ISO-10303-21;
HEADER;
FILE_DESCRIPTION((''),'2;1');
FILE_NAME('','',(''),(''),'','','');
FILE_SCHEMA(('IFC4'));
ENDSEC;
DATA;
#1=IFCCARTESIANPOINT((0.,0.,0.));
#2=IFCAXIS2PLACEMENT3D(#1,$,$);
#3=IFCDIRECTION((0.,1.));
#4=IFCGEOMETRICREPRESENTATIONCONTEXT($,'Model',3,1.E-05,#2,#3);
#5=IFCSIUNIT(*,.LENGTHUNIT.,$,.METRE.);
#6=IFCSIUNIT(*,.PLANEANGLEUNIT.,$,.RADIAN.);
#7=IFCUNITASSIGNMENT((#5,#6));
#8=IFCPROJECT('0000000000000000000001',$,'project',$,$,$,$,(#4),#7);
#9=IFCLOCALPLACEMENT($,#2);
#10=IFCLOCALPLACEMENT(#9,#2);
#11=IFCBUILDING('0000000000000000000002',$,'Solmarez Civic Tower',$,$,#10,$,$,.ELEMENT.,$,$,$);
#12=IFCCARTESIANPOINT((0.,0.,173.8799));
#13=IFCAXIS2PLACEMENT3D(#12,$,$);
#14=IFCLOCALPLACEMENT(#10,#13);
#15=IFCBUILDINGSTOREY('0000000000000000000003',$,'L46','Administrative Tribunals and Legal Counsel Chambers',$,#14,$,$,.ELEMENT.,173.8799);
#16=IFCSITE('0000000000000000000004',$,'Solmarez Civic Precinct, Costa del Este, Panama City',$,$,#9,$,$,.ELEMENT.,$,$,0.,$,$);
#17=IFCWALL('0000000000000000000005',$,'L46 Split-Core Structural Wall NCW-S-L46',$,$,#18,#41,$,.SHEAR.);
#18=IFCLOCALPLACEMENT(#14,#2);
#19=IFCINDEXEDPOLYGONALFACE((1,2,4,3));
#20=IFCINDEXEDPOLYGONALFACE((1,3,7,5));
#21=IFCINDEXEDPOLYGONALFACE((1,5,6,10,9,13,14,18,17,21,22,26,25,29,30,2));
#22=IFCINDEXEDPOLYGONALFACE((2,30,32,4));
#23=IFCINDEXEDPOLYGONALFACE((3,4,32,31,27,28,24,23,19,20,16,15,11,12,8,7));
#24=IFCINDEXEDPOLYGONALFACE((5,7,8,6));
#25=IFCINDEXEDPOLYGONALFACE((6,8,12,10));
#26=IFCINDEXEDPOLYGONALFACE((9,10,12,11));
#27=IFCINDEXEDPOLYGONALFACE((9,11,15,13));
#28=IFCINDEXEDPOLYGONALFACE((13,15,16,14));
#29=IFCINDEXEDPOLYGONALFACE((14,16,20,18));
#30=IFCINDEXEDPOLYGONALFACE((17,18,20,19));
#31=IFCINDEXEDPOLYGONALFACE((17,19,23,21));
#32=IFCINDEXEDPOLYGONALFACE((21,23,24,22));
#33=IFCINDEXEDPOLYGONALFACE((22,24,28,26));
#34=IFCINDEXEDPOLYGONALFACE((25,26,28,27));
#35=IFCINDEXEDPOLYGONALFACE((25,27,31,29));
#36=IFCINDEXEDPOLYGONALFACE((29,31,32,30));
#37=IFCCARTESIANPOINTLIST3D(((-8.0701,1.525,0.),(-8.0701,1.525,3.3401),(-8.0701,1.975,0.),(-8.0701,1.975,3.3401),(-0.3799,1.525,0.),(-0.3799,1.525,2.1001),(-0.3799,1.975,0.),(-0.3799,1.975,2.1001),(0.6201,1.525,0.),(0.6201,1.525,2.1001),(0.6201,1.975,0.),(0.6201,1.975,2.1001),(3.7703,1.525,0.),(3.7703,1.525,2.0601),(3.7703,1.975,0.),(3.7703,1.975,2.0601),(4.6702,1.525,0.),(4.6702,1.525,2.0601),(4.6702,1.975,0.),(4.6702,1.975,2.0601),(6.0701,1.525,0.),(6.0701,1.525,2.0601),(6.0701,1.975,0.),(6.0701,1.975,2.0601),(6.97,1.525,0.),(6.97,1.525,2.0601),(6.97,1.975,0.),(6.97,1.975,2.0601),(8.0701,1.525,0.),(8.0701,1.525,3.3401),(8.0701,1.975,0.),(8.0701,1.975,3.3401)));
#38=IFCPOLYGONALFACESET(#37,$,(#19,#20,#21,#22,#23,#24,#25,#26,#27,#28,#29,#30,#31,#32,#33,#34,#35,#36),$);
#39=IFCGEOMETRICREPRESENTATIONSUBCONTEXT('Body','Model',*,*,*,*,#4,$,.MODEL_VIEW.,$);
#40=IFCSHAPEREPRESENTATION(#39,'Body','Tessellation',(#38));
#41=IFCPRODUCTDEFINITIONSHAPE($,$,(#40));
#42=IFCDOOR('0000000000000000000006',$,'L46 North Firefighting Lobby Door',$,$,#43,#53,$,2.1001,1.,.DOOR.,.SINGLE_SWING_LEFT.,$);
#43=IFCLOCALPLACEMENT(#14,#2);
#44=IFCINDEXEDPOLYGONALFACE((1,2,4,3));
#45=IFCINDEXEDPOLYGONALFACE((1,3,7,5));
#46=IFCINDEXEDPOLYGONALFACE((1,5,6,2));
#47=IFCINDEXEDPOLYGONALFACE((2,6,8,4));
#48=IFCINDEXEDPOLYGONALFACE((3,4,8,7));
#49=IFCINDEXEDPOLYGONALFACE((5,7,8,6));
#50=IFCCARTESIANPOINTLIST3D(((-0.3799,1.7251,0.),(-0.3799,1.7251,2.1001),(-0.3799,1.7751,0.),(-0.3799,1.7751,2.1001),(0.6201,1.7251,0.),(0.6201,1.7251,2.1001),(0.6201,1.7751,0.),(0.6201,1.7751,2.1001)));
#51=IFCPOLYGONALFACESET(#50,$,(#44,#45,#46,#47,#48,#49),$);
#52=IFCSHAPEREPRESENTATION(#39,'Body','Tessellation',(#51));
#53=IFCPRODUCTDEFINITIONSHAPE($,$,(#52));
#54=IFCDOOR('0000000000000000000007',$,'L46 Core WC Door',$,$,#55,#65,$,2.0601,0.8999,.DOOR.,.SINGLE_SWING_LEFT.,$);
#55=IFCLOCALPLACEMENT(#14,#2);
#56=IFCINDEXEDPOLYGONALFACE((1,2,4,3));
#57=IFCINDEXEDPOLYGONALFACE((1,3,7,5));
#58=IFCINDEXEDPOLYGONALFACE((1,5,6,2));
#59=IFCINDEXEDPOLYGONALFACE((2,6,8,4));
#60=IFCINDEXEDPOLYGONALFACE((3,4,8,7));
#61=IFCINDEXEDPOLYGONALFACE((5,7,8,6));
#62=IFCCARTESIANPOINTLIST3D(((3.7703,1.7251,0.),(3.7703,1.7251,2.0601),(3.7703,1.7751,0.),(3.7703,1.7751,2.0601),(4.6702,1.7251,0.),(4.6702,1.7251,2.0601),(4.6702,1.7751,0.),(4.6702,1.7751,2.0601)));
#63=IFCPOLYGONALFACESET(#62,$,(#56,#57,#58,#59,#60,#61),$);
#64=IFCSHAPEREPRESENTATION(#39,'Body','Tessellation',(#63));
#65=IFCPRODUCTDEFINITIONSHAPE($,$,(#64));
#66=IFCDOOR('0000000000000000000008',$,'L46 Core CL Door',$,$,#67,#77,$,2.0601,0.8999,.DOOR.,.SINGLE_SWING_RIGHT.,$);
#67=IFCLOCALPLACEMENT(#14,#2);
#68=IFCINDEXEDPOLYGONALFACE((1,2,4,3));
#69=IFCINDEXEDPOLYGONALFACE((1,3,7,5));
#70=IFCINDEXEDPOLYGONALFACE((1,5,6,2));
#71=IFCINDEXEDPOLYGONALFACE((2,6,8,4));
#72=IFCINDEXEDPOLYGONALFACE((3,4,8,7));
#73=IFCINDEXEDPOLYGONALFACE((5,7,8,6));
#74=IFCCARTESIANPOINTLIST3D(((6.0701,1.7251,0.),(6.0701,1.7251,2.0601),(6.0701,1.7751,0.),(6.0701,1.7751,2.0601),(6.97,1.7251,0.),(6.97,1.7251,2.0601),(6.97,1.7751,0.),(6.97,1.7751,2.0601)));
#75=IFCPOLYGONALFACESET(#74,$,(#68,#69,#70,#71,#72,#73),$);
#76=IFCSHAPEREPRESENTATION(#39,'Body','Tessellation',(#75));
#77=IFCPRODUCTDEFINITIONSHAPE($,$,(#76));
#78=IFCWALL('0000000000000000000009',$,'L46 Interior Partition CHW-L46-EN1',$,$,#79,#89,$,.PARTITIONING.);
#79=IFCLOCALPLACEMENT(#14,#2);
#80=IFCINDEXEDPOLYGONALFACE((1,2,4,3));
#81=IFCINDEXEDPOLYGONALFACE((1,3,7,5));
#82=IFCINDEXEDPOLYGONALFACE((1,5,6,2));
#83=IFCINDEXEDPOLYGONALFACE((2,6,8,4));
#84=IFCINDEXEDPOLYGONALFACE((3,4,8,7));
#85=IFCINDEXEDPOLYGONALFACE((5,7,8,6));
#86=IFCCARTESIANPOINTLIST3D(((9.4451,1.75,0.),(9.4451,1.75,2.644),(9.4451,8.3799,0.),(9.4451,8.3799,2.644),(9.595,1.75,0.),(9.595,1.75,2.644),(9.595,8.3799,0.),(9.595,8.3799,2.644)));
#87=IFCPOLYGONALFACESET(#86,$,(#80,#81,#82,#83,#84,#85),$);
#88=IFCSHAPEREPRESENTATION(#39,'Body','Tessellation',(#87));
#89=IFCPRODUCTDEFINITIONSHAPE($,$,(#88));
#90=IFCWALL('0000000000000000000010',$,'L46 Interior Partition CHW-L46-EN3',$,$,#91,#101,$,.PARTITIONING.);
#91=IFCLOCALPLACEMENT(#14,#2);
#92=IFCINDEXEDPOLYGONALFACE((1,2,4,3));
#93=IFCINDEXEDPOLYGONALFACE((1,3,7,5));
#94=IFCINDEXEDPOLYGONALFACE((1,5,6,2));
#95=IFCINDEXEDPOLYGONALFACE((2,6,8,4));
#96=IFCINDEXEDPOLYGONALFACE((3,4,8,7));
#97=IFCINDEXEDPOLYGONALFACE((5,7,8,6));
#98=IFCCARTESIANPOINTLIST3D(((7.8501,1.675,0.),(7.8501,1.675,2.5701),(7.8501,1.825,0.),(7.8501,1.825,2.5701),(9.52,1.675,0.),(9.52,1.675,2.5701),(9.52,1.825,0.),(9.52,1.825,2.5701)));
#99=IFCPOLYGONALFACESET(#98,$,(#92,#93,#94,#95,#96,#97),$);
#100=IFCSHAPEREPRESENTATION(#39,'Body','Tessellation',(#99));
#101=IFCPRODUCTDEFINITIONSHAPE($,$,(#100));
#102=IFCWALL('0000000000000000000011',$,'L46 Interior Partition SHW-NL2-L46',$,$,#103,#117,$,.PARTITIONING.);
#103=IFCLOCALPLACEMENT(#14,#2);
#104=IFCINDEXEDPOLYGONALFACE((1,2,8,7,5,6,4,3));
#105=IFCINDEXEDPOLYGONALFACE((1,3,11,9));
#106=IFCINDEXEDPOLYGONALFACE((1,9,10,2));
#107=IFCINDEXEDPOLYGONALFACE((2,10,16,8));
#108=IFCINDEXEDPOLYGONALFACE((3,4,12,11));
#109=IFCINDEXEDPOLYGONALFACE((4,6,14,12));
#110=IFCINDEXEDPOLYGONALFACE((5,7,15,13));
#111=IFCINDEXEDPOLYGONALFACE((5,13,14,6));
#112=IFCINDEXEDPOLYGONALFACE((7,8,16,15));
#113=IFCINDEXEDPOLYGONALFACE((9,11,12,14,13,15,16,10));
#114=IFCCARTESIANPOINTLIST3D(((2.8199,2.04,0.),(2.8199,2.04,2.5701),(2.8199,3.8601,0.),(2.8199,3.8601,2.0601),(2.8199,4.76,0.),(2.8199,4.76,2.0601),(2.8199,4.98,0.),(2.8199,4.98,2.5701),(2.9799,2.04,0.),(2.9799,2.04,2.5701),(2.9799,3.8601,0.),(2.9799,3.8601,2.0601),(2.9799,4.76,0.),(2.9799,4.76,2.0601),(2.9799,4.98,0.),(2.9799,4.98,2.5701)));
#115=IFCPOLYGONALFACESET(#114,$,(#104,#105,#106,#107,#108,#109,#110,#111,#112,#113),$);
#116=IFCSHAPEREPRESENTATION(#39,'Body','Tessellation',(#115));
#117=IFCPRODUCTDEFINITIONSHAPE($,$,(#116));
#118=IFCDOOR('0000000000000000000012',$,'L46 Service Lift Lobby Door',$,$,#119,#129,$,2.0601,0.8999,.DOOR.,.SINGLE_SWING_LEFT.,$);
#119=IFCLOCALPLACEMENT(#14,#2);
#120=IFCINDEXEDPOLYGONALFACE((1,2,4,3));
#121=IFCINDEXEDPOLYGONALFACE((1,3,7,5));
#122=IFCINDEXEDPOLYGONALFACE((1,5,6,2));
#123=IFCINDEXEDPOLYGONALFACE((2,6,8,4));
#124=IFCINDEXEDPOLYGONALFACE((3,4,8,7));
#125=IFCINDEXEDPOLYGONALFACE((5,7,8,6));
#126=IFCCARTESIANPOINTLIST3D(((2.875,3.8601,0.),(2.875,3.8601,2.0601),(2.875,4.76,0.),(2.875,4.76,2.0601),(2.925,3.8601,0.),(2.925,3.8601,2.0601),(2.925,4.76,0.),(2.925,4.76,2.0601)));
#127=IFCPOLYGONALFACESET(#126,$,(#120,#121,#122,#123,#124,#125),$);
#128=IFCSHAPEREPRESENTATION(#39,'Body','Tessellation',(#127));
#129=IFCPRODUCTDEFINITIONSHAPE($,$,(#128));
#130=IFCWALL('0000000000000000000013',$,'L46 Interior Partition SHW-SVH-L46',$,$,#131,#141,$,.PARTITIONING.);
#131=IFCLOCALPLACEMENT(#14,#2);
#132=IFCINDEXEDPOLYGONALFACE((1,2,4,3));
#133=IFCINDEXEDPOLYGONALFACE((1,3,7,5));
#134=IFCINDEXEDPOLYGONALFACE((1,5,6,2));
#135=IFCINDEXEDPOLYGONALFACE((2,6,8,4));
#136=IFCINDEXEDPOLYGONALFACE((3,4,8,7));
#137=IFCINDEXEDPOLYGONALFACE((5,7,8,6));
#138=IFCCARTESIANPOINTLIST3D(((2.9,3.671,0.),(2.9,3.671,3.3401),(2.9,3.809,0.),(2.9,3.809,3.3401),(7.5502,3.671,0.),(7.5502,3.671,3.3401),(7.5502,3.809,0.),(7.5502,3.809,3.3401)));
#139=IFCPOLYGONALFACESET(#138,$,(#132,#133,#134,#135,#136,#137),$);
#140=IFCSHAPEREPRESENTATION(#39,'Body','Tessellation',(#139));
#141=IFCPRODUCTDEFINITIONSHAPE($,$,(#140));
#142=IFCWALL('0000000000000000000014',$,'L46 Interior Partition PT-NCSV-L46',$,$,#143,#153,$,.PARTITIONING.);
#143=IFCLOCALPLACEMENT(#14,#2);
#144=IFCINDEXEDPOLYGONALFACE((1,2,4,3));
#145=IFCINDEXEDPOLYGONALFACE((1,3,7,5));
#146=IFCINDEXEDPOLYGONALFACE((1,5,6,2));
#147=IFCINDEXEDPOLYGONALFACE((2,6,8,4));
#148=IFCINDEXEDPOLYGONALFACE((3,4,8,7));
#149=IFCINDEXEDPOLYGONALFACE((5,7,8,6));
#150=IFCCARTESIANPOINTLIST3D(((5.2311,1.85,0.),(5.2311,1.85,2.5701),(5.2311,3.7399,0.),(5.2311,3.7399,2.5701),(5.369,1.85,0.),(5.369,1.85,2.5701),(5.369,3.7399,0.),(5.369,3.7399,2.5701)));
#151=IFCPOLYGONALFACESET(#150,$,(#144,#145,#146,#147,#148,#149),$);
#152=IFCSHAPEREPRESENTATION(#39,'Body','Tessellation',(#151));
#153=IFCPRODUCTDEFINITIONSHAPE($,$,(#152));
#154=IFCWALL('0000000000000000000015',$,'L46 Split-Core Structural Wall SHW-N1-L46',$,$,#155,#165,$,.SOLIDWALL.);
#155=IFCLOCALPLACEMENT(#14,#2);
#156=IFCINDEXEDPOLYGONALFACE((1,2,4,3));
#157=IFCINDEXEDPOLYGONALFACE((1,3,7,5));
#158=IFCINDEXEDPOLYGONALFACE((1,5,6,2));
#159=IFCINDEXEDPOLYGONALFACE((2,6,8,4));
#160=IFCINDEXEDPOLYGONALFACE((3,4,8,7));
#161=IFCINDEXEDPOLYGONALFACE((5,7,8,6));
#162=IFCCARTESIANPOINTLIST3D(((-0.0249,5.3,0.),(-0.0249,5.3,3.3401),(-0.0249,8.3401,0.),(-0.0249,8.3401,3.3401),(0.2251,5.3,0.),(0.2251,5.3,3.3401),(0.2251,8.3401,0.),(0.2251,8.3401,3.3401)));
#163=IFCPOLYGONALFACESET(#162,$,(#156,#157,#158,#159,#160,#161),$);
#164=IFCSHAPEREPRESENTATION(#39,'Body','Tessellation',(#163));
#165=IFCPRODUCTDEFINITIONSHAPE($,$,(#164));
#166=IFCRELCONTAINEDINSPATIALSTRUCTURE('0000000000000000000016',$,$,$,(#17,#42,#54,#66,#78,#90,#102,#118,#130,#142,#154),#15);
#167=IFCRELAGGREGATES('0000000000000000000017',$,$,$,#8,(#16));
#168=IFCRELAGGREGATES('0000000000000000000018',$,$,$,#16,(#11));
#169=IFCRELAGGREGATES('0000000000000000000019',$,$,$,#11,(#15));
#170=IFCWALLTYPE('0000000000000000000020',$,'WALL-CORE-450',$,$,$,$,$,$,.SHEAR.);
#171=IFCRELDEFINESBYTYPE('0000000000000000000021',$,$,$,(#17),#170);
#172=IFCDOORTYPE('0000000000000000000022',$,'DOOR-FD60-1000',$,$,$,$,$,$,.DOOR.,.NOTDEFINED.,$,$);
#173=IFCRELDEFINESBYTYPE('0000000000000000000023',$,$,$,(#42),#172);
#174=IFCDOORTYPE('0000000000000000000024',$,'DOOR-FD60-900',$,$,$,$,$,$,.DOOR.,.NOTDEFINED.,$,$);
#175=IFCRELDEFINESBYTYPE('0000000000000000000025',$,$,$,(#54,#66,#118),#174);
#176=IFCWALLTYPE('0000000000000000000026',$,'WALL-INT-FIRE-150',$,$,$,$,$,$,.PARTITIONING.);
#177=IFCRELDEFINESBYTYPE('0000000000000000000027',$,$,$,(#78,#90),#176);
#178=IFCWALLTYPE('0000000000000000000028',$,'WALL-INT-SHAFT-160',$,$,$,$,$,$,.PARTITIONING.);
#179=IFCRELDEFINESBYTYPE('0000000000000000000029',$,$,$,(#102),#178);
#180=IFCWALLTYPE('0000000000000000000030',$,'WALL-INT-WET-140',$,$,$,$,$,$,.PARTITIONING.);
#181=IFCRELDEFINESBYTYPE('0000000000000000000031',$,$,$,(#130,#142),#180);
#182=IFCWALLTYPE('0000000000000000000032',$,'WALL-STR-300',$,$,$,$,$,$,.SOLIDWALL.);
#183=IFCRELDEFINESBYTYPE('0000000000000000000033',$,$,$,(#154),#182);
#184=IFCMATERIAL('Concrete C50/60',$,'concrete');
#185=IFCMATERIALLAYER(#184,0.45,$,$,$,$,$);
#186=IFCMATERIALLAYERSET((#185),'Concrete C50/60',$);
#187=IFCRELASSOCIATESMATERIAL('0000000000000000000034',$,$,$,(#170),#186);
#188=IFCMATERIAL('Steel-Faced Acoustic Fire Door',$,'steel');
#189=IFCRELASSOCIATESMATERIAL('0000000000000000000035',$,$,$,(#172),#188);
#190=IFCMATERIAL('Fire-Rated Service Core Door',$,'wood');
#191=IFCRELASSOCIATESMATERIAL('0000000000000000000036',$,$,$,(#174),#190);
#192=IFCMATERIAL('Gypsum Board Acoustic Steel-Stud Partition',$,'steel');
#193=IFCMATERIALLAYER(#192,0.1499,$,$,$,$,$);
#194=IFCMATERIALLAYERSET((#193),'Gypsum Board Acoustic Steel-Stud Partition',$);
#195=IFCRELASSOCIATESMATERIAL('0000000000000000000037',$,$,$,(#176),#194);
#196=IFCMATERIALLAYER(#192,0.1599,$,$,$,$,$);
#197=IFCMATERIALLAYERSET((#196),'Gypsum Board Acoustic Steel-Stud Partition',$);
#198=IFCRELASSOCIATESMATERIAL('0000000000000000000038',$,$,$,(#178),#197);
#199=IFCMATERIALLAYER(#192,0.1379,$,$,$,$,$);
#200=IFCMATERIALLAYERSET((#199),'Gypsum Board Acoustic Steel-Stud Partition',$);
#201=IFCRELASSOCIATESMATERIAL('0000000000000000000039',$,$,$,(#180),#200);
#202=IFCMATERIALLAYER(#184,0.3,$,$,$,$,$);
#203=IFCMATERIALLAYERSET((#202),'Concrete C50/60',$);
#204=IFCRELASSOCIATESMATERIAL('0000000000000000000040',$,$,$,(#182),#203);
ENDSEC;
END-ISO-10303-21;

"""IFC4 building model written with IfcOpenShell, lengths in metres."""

from ifc_helpers import new_model, si_unit, direction, frame, frame_2d, origin, place, context, subcontext, project, spatial, rectangle, extrude, material, layer, layer_set, type_object, element, fill, save


model = new_model("IFC4")

# Units and contexts
model_context = context("Model", 3, precision=1e-05, world=origin(), true_north=direction((0.0, 1.0)))
body_context = subcontext(model_context, "Body", "Model", "MODEL_VIEW")
ifc_project = project(units=[si_unit("LENGTHUNIT", "METRE"), si_unit("PLANEANGLEUNIT", "RADIAN")], contexts=[model_context])

# Site, building, storey
site_placement = place(None, origin())
site = spatial("IfcSite", under=ifc_project, at=site_placement, Name="Solmarez Civic Precinct, Costa del Este, Panama City", CompositionType="ELEMENT", RefElevation=0.0)
building_placement = place(site_placement, origin())
building = spatial("IfcBuilding", under=site, at=building_placement, Name="Solmarez Civic Tower", CompositionType="ELEMENT")
storey_placement = place(building_placement, frame((0.0, 0.0, 173.8799)))
storey = spatial("IfcBuildingStorey", under=building, at=storey_placement, Name="L46", Description="Administrative Tribunals and Legal Counsel Chambers", CompositionType="ELEMENT", Elevation=173.8799)

# Shared definitions
ifc_material_1 = material(Name="Concrete C50/60", Category="concrete")

# Wall, openings, doors
ifc_layer_1 = layer(ifc_material_1, 0.45)
ifc_layer_set_1 = layer_set([ifc_layer_1], Name="Concrete C50/60")
wall_type_1 = type_object("IfcWallType", Name="WALL-CORE-450", PredefinedType="SHEAR", material=ifc_layer_set_1)
wall_1_placement = place(storey_placement, frame((8.0701, 1.75, 0.0), z_axis=(0.0, 0.0, 1.0), x_axis=(-1.0, 0.0, 0.0)))
wall_1 = element("IfcWall", 1, at=wall_1_placement, inside=storey, type_object=wall_type_1, Name="L46 Split-Core Structural Wall NCW-S-L46", PredefinedType="SHEAR", context=body_context, shape_type="SweptSolid", body=[
    extrude(rectangle(XDim=16.1401, YDim=0.45, at=frame_2d((8.0701, 0.0))), origin(), (0.0, 0.0, 1.0), 3.3401),
])
opening_1_placement = place(wall_1_placement, frame((7.45, 0.0, 0.0)))
opening_1 = element("IfcOpeningElement", 2, at=opening_1_placement, cuts=wall_1, PredefinedType="OPENING", context=body_context, shape_type="SweptSolid", body=[
    extrude(rectangle(XDim=1.0, YDim=2.1001, at=frame_2d((0.5, 1.05))), frame((0.0, 0.2349, 0.0), z_axis=(0.0, -1.0, 0.0), x_axis=(1.0, 0.0, 0.0)), (0.0, 0.0, 1.0), 0.47),
])
opening_2_placement = place(wall_1_placement, frame((3.3999, 0.0, 0.0)))
opening_2 = element("IfcOpeningElement", 3, at=opening_2_placement, cuts=wall_1, PredefinedType="OPENING", context=body_context, shape_type="SweptSolid", body=[
    extrude(rectangle(XDim=0.8999, YDim=2.0601, at=frame_2d((0.45, 1.03))), frame((0.0, 0.2349, 0.0), z_axis=(0.0, -1.0, 0.0), x_axis=(1.0, 0.0, 0.0)), (0.0, 0.0, 1.0), 0.47),
])
opening_3_placement = place(wall_1_placement, frame((1.1001, 0.0, 0.0)))
opening_3 = element("IfcOpeningElement", 4, at=opening_3_placement, cuts=wall_1, PredefinedType="OPENING", context=body_context, shape_type="SweptSolid", body=[
    extrude(rectangle(XDim=0.8999, YDim=2.0601, at=frame_2d((0.45, 1.03))), frame((0.0, 0.2349, 0.0), z_axis=(0.0, -1.0, 0.0), x_axis=(1.0, 0.0, 0.0)), (0.0, 0.0, 1.0), 0.47),
])
ifc_material_2 = material(Name="Steel-Faced Acoustic Fire Door", Category="steel")
door_type_1 = type_object("IfcDoorType", Name="DOOR-FD60-1000", OperationType="NOTDEFINED", PredefinedType="DOOR", material=ifc_material_2)
door_1_placement = place(opening_1_placement, origin())
door_1 = element("IfcDoor", 5, at=door_1_placement, inside=storey, type_object=door_type_1, Name="L46 North Firefighting Lobby Door", OperationType="SINGLE_SWING_LEFT", OverallHeight=2.1001, OverallWidth=1.0, PredefinedType="DOOR", context=body_context, shape_type="SweptSolid", body=[
    extrude(rectangle(XDim=1.0, YDim=2.1001, at=frame_2d((0.5, 1.05))), frame((0.0, 0.0249, 0.0), z_axis=(0.0, -1.0, 0.0), x_axis=(1.0, 0.0, 0.0)), (0.0, 0.0, 1.0), 0.05),
])
fill(opening_1, door_1)
ifc_material_3 = material(Name="Fire-Rated Service Core Door", Category="wood")
door_type_2 = type_object("IfcDoorType", Name="DOOR-FD60-900", OperationType="NOTDEFINED", PredefinedType="DOOR", material=ifc_material_3)
door_2_placement = place(opening_2_placement, origin())
door_2 = element("IfcDoor", 6, at=door_2_placement, inside=storey, type_object=door_type_2, Name="L46 Core WC Door", OperationType="SINGLE_SWING_LEFT", OverallHeight=2.0601, OverallWidth=0.8999, PredefinedType="DOOR", context=body_context, shape_type="SweptSolid", body=[
    extrude(rectangle(XDim=0.8999, YDim=2.0601, at=frame_2d((0.45, 1.03))), frame((0.0, 0.0249, 0.0), z_axis=(0.0, -1.0, 0.0), x_axis=(1.0, 0.0, 0.0)), (0.0, 0.0, 1.0), 0.05),
])
fill(opening_2, door_2)
door_3_placement = place(opening_3_placement, origin())
door_3 = element("IfcDoor", 7, at=door_3_placement, inside=storey, type_object=door_type_2, Name="L46 Core CL Door", OperationType="SINGLE_SWING_RIGHT", OverallHeight=2.0601, OverallWidth=0.8999, PredefinedType="DOOR", context=body_context, shape_type="SweptSolid", body=[
    extrude(rectangle(XDim=0.8999, YDim=2.0601, at=frame_2d((0.45, 1.03))), frame((0.0, 0.0249, 0.0), z_axis=(0.0, -1.0, 0.0), x_axis=(1.0, 0.0, 0.0)), (0.0, 0.0, 1.0), 0.05),
])
fill(opening_3, door_3)

# Walls
ifc_material_4 = material(Name="Gypsum Board Acoustic Steel-Stud Partition", Category="steel")
ifc_layer_2 = layer(ifc_material_4, 0.1499)
ifc_layer_set_2 = layer_set([ifc_layer_2], Name="Gypsum Board Acoustic Steel-Stud Partition")
wall_type_2 = type_object("IfcWallType", Name="WALL-INT-FIRE-150", PredefinedType="PARTITIONING", material=ifc_layer_set_2)
wall_2_placement = place(storey_placement, frame((9.52, 1.75, 0.0), z_axis=(0.0, 0.0, 1.0), x_axis=(0.0, 1.0, 0.0)))
element("IfcWall", 8, at=wall_2_placement, inside=storey, type_object=wall_type_2, Name="L46 Interior Partition CHW-L46-EN1", PredefinedType="PARTITIONING", context=body_context, shape_type="SweptSolid", body=[
    extrude(rectangle(XDim=6.6299, YDim=0.1499, at=frame_2d((3.3149, 0.0))), origin(), (0.0, 0.0, 1.0), 2.644),
])
wall_3_placement = place(storey_placement, frame((7.8501, 1.75, 0.0), z_axis=(0.0, 0.0, 1.0), x_axis=(1.0, 0.0, 0.0)))
element("IfcWall", 9, at=wall_3_placement, inside=storey, type_object=wall_type_2, Name="L46 Interior Partition CHW-L46-EN3", PredefinedType="PARTITIONING", context=body_context, shape_type="SweptSolid", body=[
    extrude(rectangle(XDim=1.6699, YDim=0.1499, at=frame_2d((0.835, 0.0))), origin(), (0.0, 0.0, 1.0), 2.5701),
])

# Wall, opening, door
ifc_layer_3 = layer(ifc_material_4, 0.1599)
ifc_layer_set_3 = layer_set([ifc_layer_3], Name="Gypsum Board Acoustic Steel-Stud Partition")
wall_type_3 = type_object("IfcWallType", Name="WALL-INT-SHAFT-160", PredefinedType="PARTITIONING", material=ifc_layer_set_3)
wall_4_placement = place(storey_placement, frame((2.8999, 2.04, 0.0), z_axis=(0.0, 0.0, 1.0), x_axis=(0.0, 1.0, 0.0)))
wall_4 = element("IfcWall", 10, at=wall_4_placement, inside=storey, type_object=wall_type_3, Name="L46 Interior Partition SHW-NL2-L46", PredefinedType="PARTITIONING", context=body_context, shape_type="SweptSolid", body=[
    extrude(rectangle(XDim=2.9399, YDim=0.1599, at=frame_2d((1.47, 0.0))), origin(), (0.0, 0.0, 1.0), 2.5701),
])
opening_4_placement = place(wall_4_placement, frame((1.8201, 0.0, 0.0)))
opening_4 = element("IfcOpeningElement", 11, at=opening_4_placement, cuts=wall_4, PredefinedType="OPENING", context=body_context, shape_type="SweptSolid", body=[
    extrude(rectangle(XDim=0.8999, YDim=2.0601, at=frame_2d((0.45, 1.03))), frame((0.0, 0.0898, 0.0), z_axis=(0.0, -1.0, 0.0), x_axis=(1.0, 0.0, 0.0)), (0.0, 0.0, 1.0), 0.1799),
])
door_4_placement = place(opening_4_placement, origin())
door_4 = element("IfcDoor", 12, at=door_4_placement, inside=storey, type_object=door_type_2, Name="L46 Service Lift Lobby Door", OperationType="SINGLE_SWING_LEFT", OverallHeight=2.0601, OverallWidth=0.8999, PredefinedType="DOOR", context=body_context, shape_type="SweptSolid", body=[
    extrude(rectangle(XDim=0.8999, YDim=2.0601, at=frame_2d((0.45, 1.03))), frame((0.0, 0.0249, 0.0), z_axis=(0.0, -1.0, 0.0), x_axis=(1.0, 0.0, 0.0)), (0.0, 0.0, 1.0), 0.05),
])
fill(opening_4, door_4)

# Walls
ifc_layer_4 = layer(ifc_material_4, 0.1379)
ifc_layer_set_4 = layer_set([ifc_layer_4], Name="Gypsum Board Acoustic Steel-Stud Partition")
wall_type_4 = type_object("IfcWallType", Name="WALL-INT-WET-140", PredefinedType="PARTITIONING", material=ifc_layer_set_4)
wall_5_placement = place(storey_placement, frame((2.8999, 3.74, 0.0), z_axis=(0.0, 0.0, 1.0), x_axis=(1.0, 0.0, 0.0)))
element("IfcWall", 13, at=wall_5_placement, inside=storey, type_object=wall_type_4, Name="L46 Interior Partition SHW-SVH-L46", PredefinedType="PARTITIONING", context=body_context, shape_type="SweptSolid", body=[
    extrude(rectangle(XDim=4.6501, YDim=0.1379, at=frame_2d((2.3252, 0.0))), origin(), (0.0, 0.0, 1.0), 3.3401),
])
wall_6_placement = place(storey_placement, frame((5.3, 1.8501, 0.0), z_axis=(0.0, 0.0, 1.0), x_axis=(0.0, 1.0, 0.0)))
element("IfcWall", 14, at=wall_6_placement, inside=storey, type_object=wall_type_4, Name="L46 Interior Partition PT-NCSV-L46", PredefinedType="PARTITIONING", context=body_context, shape_type="SweptSolid", body=[
    extrude(rectangle(XDim=1.8899, YDim=0.1379, at=frame_2d((0.9448, 0.0))), origin(), (0.0, 0.0, 1.0), 2.5701),
])

# Shared definitions
ifc_layer_5 = layer(ifc_material_1, 0.3)
ifc_layer_set_5 = layer_set([ifc_layer_5], Name="Concrete C50/60")
wall_type_5 = type_object("IfcWallType", Name="WALL-STR-300", PredefinedType="SOLIDWALL", material=ifc_layer_set_5)

# Wall
for number, where, z_axis, x_axis, name in (
    (15, (0.1001, 5.3, 0.0), (0.0, 0.0, 1.0), (0.0, 1.0, 0.0), "L46 Split-Core Structural Wall SHW-N1-L46"),
):
    element("IfcWall", number, at=place(storey_placement, frame(where, z_axis=z_axis, x_axis=x_axis)), inside=storey, type_object=wall_type_5, Name=name, PredefinedType="SOLIDWALL", context=body_context, shape_type="SweptSolid", body=[
        extrude(rectangle(XDim=3.04, YDim=0.25, at=frame_2d((1.52, 0.0))), origin(), (0.0, 0.0, 1.0), 3.3401),
    ])

save(model, "model.ifc")
